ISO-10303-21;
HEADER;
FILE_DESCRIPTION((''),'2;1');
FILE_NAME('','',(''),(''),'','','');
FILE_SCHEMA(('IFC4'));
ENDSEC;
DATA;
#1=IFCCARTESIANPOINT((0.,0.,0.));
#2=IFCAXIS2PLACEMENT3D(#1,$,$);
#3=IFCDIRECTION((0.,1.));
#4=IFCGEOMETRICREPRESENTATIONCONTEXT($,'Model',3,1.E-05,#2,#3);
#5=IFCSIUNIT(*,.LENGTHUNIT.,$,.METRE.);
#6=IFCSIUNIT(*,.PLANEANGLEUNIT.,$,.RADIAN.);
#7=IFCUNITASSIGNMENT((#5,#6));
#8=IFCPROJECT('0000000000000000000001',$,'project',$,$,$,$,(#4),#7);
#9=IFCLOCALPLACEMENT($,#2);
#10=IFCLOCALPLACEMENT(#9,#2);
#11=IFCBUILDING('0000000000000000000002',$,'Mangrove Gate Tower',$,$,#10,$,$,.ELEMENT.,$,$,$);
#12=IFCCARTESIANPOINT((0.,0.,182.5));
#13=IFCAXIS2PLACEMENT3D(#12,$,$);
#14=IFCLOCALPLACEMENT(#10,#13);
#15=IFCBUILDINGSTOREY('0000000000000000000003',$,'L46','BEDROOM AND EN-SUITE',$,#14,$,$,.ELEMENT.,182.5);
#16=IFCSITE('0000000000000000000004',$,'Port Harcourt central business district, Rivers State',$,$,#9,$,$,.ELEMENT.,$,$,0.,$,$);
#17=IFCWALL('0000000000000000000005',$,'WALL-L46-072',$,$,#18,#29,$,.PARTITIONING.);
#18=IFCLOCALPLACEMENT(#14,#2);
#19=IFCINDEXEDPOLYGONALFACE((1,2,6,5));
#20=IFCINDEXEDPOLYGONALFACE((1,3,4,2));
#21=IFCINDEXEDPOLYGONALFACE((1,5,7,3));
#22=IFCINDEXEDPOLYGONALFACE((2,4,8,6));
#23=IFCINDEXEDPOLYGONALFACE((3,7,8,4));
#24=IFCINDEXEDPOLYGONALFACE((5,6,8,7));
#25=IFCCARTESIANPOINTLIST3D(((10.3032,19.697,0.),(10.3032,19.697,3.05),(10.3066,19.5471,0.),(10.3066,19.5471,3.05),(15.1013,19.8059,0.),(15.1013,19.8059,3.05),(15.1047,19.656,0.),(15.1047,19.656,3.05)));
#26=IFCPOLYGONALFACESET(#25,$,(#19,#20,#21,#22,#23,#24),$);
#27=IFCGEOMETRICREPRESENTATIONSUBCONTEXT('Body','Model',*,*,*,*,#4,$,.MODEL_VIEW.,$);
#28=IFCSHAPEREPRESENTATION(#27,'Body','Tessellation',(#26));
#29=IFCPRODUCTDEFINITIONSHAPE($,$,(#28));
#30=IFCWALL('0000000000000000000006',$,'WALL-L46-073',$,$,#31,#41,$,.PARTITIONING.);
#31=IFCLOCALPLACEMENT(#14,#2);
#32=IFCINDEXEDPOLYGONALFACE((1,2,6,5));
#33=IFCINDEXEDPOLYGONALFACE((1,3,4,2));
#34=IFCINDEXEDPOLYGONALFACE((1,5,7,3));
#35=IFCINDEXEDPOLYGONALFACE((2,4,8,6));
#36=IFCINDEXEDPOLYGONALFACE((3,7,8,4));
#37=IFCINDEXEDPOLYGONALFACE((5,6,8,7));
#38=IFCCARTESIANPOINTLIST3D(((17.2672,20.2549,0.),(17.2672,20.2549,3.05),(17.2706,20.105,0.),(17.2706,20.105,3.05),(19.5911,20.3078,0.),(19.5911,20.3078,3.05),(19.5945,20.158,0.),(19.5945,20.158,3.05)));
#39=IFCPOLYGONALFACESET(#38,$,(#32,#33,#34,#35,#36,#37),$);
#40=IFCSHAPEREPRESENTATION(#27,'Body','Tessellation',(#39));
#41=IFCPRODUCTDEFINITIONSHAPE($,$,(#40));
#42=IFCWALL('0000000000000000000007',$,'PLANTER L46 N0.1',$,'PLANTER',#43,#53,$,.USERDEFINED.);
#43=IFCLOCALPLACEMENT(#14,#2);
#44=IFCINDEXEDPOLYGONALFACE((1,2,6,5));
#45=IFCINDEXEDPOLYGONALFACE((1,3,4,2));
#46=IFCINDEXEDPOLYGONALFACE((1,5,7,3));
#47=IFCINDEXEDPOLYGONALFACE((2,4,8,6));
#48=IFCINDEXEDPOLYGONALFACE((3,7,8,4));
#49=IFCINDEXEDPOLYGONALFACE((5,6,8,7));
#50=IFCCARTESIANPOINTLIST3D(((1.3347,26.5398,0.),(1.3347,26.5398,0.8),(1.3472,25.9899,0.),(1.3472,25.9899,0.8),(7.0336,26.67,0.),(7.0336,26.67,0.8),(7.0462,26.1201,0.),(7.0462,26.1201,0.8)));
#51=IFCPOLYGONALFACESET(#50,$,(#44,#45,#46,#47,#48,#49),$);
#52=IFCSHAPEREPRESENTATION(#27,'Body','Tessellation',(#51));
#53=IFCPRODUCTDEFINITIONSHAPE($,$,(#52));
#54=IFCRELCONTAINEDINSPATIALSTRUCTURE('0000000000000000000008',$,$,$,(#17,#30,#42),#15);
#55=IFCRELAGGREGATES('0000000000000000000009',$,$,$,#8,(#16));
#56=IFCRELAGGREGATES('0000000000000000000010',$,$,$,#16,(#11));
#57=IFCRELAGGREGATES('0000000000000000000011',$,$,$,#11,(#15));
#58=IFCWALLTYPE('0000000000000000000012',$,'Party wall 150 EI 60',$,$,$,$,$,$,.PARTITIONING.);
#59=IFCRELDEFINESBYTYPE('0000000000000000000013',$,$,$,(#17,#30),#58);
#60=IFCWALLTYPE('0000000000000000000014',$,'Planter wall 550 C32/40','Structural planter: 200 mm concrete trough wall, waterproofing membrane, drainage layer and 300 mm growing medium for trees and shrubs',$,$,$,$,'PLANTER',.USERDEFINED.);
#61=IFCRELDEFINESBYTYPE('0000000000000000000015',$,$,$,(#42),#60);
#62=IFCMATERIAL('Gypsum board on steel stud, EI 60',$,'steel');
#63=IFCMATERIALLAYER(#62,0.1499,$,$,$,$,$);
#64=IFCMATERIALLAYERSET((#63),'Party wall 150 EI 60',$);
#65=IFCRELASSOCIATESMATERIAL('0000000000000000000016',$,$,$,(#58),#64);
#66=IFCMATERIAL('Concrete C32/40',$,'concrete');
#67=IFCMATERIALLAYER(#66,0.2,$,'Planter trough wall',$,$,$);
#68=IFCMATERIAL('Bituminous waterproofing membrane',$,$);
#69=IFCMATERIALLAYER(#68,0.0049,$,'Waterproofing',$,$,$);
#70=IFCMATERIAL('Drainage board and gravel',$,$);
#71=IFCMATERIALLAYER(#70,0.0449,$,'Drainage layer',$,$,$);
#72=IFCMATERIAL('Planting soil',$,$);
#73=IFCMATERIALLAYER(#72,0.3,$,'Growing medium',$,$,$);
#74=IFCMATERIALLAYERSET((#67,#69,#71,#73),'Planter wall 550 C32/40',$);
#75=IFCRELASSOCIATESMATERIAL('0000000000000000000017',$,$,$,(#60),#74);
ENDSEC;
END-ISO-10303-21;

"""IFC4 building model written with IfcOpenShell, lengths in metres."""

from ifc_helpers import new_model, si_unit, direction, frame, frame_2d, origin, place, context, subcontext, project, spatial, rectangle, extrude, material, layer, layer_set, type_object, element, save


model = new_model("IFC4")

# Units and contexts
model_context = context("Model", 3, precision=1e-05, world=origin(), true_north=direction((0.0, 1.0)))
body_context = subcontext(model_context, "Body", "Model", "MODEL_VIEW")
ifc_project = project(units=[si_unit("LENGTHUNIT", "METRE"), si_unit("PLANEANGLEUNIT", "RADIAN")], contexts=[model_context])

# Site, building, storey
site_placement = place(None, origin())
site = spatial("IfcSite", under=ifc_project, at=site_placement, Name="Port Harcourt central business district, Rivers State", CompositionType="ELEMENT", RefElevation=0.0)
building_placement = place(site_placement, origin())
building = spatial("IfcBuilding", under=site, at=building_placement, Name="Mangrove Gate Tower", CompositionType="ELEMENT")
storey_placement = place(building_placement, frame((0.0, 0.0, 182.5)))
storey = spatial("IfcBuildingStorey", under=building, at=storey_placement, Name="L46", Description="BEDROOM AND EN-SUITE", CompositionType="ELEMENT", Elevation=182.5)

# Shared definitions
ifc_material_1 = material(Name="Gypsum board on steel stud, EI 60", Category="steel")
ifc_layer_1 = layer(ifc_material_1, 0.1499)
ifc_layer_set_1 = layer_set([ifc_layer_1], Name="Party wall 150 EI 60")
wall_type_1 = type_object("IfcWallType", Name="Party wall 150 EI 60", PredefinedType="PARTITIONING", material=ifc_layer_set_1)

# Walls
wall_1_placement = place(storey_placement, frame((10.3049, 19.6221, 0.0), z_axis=(0.0, 0.0, 1.0), x_axis=(0.999743, 0.022688, 0.0)))
element("IfcWall", 1, at=wall_1_placement, inside=storey, type_object=wall_type_1, Name="WALL-L46-072", PredefinedType="PARTITIONING", context=body_context, shape_type="SweptSolid", body=[
    extrude(rectangle(XDim=4.7993, YDim=0.1499, at=frame_2d((2.3997, 0.0))), origin(), (0.0, 0.0, 1.0), 3.05),
])
wall_2_placement = place(storey_placement, frame((17.269, 20.1799, 0.0), z_axis=(0.0, 0.0, 1.0), x_axis=(0.99974, 0.022791, 0.0)))
element("IfcWall", 2, at=wall_2_placement, inside=storey, type_object=wall_type_1, Name="WALL-L46-073", PredefinedType="PARTITIONING", context=body_context, shape_type="SweptSolid", body=[
    extrude(rectangle(XDim=2.3245, YDim=0.1499, at=frame_2d((1.1621, 0.0))), origin(), (0.0, 0.0, 1.0), 3.05),
])
ifc_material_2 = material(Name="Concrete C32/40", Category="concrete")
ifc_layer_2 = layer(ifc_material_2, 0.2, Name="Planter trough wall")
ifc_material_3 = material(Name="Bituminous waterproofing membrane")
ifc_layer_3 = layer(ifc_material_3, 0.0049, Name="Waterproofing")
ifc_material_4 = material(Name="Drainage board and gravel")
ifc_layer_4 = layer(ifc_material_4, 0.0449, Name="Drainage layer")
ifc_material_5 = material(Name="Planting soil")
ifc_layer_5 = layer(ifc_material_5, 0.3, Name="Growing medium")
ifc_layer_set_2 = layer_set([ifc_layer_2, ifc_layer_3, ifc_layer_4, ifc_layer_5], Name="Planter wall 550 C32/40")
wall_type_2 = type_object("IfcWallType", Name="Planter wall 550 C32/40", Description="Structural planter: 200 mm concrete trough wall, waterproofing membrane, drainage layer and 300 mm growing medium for trees and shrubs", ElementType="PLANTER", PredefinedType="USERDEFINED", material=ifc_layer_set_2)
wall_3_placement = place(storey_placement, frame((1.3411, 26.2649, 0.0), z_axis=(0.0, 0.0, 1.0), x_axis=(0.999739, 0.022827, 0.0)))
element("IfcWall", 3, at=wall_3_placement, inside=storey, type_object=wall_type_2, Name="PLANTER L46 N0.1", ObjectType="PLANTER", PredefinedType="USERDEFINED", context=body_context, shape_type="SweptSolid", body=[
    extrude(rectangle(XDim=5.7004, YDim=0.55, at=frame_2d((2.8501, 0.0))), origin(), (0.0, 0.0, 1.0), 0.8),
])

save(model, "model.ifc")
